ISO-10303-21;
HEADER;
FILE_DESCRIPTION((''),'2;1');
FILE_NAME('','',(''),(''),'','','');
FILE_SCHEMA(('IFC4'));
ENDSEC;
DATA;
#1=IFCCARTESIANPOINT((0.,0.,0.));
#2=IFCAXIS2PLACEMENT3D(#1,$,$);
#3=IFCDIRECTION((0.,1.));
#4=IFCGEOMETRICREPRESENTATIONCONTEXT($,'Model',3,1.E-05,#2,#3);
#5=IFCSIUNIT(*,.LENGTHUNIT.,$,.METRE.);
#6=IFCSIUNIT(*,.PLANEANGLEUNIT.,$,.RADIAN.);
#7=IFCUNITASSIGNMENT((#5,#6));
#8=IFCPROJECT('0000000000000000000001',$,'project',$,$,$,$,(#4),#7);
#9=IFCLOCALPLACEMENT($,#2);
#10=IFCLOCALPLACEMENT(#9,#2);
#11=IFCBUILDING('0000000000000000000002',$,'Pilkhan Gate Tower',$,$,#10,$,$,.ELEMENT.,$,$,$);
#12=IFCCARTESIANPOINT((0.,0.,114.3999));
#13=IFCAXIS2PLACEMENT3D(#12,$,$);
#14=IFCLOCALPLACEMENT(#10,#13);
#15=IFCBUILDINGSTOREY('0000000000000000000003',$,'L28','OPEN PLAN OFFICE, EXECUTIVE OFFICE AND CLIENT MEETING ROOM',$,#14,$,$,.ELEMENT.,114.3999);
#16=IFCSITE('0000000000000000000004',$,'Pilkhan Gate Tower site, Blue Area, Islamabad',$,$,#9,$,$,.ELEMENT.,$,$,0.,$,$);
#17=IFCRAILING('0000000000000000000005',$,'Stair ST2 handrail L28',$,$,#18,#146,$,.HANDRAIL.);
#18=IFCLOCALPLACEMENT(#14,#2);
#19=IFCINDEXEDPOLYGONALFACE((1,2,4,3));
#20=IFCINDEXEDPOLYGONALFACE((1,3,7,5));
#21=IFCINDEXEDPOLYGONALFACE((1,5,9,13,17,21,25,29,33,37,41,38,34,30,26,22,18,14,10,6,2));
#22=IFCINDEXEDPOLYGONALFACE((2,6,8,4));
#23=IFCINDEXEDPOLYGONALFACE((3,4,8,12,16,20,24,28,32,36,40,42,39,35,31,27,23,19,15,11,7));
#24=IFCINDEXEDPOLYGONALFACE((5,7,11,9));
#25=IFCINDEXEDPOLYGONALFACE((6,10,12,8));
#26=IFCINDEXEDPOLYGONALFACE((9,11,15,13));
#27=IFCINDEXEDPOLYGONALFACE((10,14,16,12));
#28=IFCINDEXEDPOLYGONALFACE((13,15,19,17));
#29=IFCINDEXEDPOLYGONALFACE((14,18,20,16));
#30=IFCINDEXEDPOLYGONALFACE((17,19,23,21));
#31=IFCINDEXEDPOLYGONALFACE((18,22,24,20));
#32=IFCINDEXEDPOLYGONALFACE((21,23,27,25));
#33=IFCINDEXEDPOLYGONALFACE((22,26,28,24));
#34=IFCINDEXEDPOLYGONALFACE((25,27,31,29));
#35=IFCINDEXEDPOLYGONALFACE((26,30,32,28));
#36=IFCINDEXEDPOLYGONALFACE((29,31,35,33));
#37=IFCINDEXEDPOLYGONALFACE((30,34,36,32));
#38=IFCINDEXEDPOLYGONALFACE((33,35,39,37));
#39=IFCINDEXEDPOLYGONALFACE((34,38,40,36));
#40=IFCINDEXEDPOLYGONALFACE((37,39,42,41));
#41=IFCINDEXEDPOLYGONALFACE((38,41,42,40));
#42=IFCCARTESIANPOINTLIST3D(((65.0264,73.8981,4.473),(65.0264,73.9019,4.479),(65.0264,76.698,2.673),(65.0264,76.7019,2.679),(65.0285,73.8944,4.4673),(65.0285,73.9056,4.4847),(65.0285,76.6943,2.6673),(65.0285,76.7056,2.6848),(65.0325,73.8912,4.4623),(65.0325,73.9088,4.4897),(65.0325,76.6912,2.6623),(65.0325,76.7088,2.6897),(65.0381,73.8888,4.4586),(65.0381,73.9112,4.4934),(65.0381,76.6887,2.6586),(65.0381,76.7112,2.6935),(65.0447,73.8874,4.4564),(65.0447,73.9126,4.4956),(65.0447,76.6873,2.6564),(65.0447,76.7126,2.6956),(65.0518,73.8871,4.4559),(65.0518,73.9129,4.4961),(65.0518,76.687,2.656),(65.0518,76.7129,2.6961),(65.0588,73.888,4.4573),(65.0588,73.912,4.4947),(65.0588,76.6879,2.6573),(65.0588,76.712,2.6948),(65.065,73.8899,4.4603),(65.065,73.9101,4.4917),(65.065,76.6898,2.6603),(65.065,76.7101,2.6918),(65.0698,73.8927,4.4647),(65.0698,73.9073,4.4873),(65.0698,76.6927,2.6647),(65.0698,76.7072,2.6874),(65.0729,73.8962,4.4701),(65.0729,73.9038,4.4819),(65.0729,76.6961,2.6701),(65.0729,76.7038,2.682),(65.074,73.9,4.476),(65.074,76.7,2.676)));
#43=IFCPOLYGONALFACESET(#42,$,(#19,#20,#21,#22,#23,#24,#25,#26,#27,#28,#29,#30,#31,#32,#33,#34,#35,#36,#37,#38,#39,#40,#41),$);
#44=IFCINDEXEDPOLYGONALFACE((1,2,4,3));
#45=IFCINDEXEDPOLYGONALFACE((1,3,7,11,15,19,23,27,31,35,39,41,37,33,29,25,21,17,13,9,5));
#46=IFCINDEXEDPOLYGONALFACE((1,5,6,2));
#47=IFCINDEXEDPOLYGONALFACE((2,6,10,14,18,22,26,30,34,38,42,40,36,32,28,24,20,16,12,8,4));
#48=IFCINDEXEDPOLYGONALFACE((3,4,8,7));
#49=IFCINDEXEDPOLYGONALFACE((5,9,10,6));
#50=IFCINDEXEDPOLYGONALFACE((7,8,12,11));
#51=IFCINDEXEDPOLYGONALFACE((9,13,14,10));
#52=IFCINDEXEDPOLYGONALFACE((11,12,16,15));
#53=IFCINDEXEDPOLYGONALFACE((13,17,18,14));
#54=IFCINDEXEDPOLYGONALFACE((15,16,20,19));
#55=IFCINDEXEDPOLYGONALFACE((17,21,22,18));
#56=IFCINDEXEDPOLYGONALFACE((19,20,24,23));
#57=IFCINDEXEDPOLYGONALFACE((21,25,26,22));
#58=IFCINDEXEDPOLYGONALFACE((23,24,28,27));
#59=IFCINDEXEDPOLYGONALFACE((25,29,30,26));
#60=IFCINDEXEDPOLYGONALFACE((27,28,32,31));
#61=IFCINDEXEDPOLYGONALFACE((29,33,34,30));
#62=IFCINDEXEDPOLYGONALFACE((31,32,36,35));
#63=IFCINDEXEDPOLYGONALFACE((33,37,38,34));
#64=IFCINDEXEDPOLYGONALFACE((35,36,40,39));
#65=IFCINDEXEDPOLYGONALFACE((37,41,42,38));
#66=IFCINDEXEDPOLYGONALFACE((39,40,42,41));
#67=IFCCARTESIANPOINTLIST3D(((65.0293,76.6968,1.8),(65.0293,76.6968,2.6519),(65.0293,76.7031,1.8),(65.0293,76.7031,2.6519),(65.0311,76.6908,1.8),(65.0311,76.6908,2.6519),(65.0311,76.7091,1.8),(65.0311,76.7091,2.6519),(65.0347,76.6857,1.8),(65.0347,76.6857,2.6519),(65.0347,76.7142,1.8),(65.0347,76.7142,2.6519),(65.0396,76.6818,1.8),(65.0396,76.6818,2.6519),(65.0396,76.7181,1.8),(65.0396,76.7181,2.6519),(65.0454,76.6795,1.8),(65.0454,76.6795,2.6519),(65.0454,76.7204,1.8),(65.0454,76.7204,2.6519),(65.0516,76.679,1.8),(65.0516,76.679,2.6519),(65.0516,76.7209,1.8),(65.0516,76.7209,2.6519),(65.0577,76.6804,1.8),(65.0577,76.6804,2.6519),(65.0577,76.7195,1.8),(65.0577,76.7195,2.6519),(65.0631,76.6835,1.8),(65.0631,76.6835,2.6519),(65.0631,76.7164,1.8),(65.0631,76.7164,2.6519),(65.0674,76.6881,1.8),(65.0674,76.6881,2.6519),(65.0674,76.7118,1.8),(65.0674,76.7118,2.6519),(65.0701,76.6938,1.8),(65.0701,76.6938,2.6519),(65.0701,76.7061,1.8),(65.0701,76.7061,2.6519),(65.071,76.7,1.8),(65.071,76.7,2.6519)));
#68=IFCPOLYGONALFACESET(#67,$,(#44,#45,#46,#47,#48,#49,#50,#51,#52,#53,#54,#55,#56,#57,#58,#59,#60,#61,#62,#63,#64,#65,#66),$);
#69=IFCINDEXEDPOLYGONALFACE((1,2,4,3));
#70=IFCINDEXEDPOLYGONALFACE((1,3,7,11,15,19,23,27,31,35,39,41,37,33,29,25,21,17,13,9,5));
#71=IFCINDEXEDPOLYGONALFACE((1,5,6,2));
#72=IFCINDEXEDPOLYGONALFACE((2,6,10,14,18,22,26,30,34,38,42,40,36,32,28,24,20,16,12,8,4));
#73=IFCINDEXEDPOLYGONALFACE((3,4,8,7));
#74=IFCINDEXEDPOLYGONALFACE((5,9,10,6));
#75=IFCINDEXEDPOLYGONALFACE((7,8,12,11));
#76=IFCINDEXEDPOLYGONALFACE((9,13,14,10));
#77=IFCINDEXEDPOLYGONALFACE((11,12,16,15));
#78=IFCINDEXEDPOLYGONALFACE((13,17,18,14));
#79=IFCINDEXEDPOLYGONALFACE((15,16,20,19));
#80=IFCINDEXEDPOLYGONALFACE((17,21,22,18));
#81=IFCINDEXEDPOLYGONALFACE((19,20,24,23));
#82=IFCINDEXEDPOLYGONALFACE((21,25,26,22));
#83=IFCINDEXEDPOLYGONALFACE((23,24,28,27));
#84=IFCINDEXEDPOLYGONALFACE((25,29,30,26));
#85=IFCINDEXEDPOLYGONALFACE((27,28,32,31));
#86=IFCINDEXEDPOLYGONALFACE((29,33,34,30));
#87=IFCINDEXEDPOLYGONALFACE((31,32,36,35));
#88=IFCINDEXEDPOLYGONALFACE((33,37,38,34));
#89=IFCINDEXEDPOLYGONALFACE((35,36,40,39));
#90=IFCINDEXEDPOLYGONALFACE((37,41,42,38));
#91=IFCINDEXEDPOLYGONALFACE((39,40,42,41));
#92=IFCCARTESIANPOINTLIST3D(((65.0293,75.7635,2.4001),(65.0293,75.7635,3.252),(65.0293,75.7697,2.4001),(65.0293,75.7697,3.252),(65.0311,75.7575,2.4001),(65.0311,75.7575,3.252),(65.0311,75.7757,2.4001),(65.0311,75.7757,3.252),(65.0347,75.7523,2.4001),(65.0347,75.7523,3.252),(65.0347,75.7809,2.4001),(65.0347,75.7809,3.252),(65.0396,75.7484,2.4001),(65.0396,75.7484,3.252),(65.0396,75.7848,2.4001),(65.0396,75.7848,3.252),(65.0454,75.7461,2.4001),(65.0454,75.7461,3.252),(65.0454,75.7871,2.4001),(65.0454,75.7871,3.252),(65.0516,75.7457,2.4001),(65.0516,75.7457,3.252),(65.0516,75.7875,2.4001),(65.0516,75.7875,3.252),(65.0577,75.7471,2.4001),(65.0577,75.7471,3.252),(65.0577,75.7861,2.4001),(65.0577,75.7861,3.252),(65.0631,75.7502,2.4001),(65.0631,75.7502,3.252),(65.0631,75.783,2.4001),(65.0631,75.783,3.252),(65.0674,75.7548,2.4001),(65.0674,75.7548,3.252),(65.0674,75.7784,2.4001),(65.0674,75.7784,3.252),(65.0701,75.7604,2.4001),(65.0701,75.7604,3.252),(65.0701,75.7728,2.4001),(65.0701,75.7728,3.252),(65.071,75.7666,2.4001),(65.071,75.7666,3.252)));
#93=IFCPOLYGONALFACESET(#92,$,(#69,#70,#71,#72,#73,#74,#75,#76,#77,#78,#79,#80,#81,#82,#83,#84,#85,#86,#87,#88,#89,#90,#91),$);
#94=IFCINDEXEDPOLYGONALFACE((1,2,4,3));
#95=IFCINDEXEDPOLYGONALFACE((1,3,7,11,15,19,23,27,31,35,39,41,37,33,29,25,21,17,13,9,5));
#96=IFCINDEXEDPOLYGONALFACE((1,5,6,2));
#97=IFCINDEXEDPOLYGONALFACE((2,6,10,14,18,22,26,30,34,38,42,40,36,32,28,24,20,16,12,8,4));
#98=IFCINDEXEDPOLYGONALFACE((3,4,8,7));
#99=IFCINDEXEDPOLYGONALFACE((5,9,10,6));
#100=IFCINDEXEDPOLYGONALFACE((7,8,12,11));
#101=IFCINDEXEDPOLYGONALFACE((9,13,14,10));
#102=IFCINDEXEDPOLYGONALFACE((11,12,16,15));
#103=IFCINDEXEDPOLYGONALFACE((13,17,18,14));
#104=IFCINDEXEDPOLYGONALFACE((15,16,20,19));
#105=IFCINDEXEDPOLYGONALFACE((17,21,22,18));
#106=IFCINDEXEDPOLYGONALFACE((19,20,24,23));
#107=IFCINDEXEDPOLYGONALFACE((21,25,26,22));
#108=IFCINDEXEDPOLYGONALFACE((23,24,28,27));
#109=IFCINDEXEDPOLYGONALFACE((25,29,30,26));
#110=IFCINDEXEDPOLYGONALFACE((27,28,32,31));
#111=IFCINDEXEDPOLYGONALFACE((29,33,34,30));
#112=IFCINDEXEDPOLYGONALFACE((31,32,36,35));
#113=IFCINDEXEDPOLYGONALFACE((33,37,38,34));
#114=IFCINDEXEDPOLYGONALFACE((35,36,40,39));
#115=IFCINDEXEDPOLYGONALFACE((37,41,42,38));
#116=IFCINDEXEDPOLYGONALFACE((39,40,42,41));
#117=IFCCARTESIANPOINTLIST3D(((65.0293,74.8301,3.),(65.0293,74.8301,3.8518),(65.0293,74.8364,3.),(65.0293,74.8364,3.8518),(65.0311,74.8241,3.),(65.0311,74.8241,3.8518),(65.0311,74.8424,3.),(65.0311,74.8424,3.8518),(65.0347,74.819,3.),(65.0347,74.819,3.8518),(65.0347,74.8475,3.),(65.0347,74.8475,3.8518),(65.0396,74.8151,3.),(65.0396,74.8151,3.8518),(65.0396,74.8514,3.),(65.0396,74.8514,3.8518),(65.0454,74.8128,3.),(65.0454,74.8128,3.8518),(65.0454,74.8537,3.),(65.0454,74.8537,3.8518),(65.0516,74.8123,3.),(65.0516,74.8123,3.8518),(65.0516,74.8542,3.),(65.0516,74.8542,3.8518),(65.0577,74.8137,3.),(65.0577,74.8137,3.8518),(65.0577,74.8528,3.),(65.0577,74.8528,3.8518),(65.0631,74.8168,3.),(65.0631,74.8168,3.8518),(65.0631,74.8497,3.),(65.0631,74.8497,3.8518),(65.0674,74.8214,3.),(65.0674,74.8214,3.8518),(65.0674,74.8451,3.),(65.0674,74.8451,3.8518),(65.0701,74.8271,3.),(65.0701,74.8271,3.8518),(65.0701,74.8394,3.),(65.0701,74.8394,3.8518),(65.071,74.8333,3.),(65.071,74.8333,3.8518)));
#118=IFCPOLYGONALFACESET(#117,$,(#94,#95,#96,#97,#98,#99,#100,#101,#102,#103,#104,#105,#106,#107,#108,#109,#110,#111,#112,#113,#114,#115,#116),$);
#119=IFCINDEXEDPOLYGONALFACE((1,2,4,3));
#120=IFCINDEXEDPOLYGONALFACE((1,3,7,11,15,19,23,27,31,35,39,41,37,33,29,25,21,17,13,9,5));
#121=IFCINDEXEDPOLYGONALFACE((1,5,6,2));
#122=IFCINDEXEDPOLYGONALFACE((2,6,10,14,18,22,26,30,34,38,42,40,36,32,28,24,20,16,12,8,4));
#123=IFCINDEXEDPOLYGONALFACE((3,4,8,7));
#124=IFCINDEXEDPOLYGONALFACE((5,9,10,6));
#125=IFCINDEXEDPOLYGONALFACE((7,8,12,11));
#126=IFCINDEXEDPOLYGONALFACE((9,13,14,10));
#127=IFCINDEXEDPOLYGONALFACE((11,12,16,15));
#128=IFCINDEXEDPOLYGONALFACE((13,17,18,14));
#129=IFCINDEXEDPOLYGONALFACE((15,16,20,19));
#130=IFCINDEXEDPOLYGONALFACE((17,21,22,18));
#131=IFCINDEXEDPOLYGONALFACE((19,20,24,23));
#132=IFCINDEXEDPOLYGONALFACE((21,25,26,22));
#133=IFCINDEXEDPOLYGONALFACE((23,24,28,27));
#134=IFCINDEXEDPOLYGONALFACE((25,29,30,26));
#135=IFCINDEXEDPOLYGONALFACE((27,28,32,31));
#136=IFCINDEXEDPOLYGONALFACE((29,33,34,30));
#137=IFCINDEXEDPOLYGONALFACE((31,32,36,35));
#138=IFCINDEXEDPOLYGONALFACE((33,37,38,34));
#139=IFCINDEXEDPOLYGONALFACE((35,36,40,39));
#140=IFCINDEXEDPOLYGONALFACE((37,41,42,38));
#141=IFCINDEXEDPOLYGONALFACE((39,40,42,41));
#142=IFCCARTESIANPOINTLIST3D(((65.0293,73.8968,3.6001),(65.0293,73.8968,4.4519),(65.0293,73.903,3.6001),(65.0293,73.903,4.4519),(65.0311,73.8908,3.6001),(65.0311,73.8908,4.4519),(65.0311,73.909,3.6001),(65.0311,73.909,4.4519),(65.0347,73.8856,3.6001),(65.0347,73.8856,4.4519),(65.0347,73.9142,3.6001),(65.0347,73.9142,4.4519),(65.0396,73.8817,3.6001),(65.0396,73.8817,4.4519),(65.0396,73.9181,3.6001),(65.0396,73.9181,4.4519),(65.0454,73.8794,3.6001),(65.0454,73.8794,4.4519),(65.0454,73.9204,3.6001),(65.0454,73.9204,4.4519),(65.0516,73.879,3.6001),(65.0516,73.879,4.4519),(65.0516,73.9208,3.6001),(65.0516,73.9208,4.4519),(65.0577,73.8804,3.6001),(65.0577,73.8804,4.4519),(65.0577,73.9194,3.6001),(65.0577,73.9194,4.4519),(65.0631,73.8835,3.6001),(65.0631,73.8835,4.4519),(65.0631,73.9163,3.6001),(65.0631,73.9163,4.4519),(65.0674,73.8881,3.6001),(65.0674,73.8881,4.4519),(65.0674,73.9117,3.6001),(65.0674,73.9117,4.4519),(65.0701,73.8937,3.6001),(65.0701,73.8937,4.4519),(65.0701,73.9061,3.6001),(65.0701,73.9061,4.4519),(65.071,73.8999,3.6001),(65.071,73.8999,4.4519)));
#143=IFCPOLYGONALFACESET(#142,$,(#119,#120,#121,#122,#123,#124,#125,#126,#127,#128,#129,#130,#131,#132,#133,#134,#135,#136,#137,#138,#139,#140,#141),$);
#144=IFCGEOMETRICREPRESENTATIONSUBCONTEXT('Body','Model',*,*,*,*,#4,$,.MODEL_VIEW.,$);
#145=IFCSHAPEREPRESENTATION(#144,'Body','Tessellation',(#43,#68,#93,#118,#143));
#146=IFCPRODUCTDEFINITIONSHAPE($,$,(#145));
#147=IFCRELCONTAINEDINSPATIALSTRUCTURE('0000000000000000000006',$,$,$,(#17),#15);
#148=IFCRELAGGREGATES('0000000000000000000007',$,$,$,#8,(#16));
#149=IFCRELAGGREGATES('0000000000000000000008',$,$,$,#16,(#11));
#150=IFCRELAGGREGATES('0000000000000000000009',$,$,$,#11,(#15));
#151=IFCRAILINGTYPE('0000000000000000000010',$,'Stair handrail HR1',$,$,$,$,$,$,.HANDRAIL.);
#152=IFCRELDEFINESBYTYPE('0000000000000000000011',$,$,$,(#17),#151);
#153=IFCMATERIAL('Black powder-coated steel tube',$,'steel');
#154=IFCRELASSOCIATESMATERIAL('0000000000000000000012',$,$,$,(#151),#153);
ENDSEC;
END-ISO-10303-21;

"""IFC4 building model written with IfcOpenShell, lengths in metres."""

from ifc_helpers import new_model, si_unit, direction, frame, origin, origin_2d, place, context, subcontext, project, spatial, circle, extrude, material, type_object, element, save


model = new_model("IFC4")

# Units and contexts
model_context = context("Model", 3, precision=1e-05, world=origin(), true_north=direction((0.0, 1.0)))
body_context = subcontext(model_context, "Body", "Model", "MODEL_VIEW")
ifc_project = project(units=[si_unit("LENGTHUNIT", "METRE"), si_unit("PLANEANGLEUNIT", "RADIAN")], contexts=[model_context])

# Site, building, storey
site_placement = place(None, origin())
site = spatial("IfcSite", under=ifc_project, at=site_placement, Name="Pilkhan Gate Tower site, Blue Area, Islamabad", CompositionType="ELEMENT", RefElevation=0.0)
building_placement = place(site_placement, origin())
building = spatial("IfcBuilding", under=site, at=building_placement, Name="Pilkhan Gate Tower", CompositionType="ELEMENT")
storey_placement = place(building_placement, frame((0.0, 0.0, 114.3999)))
storey = spatial("IfcBuildingStorey", under=building, at=storey_placement, Name="L28", Description="OPEN PLAN OFFICE, EXECUTIVE OFFICE AND CLIENT MEETING ROOM", CompositionType="ELEMENT", Elevation=114.3999)

# Railing
ifc_material_1 = material(Name="Black powder-coated steel tube", Category="steel")
railing_type_1 = type_object("IfcRailingType", Name="Stair handrail HR1", PredefinedType="HANDRAIL", material=ifc_material_1)
railing_1_placement = place(storey_placement, frame((65.05, 76.7, 1.8)))
element("IfcRailing", 1, at=railing_1_placement, inside=storey, type_object=railing_type_1, Name="Stair ST2 handrail L28", PredefinedType="HANDRAIL", context=body_context, shape_type="SweptSolid", body=[
    extrude(circle(Radius=0.0239, at=origin_2d()), frame((0.0, 0.0, 0.876), z_axis=(0.0, -0.841176, 0.540761), x_axis=(1.0, 0.0, 0.0)), (0.0, 0.0, 1.0), 3.3286),
    extrude(circle(Radius=0.021, at=origin_2d()), origin(), (0.0, 0.0, 1.0), 0.8518),
    extrude(circle(Radius=0.021, at=origin_2d()), frame((0.0, -0.9333, 0.6001)), (0.0, 0.0, 1.0), 0.8518),
    extrude(circle(Radius=0.021, at=origin_2d()), frame((0.0, -1.8667, 1.2)), (0.0, 0.0, 1.0), 0.8518),
    extrude(circle(Radius=0.021, at=origin_2d()), frame((0.0, -2.8, 1.8)), (0.0, 0.0, 1.0), 0.8518),
])

save(model, "model.ifc")
